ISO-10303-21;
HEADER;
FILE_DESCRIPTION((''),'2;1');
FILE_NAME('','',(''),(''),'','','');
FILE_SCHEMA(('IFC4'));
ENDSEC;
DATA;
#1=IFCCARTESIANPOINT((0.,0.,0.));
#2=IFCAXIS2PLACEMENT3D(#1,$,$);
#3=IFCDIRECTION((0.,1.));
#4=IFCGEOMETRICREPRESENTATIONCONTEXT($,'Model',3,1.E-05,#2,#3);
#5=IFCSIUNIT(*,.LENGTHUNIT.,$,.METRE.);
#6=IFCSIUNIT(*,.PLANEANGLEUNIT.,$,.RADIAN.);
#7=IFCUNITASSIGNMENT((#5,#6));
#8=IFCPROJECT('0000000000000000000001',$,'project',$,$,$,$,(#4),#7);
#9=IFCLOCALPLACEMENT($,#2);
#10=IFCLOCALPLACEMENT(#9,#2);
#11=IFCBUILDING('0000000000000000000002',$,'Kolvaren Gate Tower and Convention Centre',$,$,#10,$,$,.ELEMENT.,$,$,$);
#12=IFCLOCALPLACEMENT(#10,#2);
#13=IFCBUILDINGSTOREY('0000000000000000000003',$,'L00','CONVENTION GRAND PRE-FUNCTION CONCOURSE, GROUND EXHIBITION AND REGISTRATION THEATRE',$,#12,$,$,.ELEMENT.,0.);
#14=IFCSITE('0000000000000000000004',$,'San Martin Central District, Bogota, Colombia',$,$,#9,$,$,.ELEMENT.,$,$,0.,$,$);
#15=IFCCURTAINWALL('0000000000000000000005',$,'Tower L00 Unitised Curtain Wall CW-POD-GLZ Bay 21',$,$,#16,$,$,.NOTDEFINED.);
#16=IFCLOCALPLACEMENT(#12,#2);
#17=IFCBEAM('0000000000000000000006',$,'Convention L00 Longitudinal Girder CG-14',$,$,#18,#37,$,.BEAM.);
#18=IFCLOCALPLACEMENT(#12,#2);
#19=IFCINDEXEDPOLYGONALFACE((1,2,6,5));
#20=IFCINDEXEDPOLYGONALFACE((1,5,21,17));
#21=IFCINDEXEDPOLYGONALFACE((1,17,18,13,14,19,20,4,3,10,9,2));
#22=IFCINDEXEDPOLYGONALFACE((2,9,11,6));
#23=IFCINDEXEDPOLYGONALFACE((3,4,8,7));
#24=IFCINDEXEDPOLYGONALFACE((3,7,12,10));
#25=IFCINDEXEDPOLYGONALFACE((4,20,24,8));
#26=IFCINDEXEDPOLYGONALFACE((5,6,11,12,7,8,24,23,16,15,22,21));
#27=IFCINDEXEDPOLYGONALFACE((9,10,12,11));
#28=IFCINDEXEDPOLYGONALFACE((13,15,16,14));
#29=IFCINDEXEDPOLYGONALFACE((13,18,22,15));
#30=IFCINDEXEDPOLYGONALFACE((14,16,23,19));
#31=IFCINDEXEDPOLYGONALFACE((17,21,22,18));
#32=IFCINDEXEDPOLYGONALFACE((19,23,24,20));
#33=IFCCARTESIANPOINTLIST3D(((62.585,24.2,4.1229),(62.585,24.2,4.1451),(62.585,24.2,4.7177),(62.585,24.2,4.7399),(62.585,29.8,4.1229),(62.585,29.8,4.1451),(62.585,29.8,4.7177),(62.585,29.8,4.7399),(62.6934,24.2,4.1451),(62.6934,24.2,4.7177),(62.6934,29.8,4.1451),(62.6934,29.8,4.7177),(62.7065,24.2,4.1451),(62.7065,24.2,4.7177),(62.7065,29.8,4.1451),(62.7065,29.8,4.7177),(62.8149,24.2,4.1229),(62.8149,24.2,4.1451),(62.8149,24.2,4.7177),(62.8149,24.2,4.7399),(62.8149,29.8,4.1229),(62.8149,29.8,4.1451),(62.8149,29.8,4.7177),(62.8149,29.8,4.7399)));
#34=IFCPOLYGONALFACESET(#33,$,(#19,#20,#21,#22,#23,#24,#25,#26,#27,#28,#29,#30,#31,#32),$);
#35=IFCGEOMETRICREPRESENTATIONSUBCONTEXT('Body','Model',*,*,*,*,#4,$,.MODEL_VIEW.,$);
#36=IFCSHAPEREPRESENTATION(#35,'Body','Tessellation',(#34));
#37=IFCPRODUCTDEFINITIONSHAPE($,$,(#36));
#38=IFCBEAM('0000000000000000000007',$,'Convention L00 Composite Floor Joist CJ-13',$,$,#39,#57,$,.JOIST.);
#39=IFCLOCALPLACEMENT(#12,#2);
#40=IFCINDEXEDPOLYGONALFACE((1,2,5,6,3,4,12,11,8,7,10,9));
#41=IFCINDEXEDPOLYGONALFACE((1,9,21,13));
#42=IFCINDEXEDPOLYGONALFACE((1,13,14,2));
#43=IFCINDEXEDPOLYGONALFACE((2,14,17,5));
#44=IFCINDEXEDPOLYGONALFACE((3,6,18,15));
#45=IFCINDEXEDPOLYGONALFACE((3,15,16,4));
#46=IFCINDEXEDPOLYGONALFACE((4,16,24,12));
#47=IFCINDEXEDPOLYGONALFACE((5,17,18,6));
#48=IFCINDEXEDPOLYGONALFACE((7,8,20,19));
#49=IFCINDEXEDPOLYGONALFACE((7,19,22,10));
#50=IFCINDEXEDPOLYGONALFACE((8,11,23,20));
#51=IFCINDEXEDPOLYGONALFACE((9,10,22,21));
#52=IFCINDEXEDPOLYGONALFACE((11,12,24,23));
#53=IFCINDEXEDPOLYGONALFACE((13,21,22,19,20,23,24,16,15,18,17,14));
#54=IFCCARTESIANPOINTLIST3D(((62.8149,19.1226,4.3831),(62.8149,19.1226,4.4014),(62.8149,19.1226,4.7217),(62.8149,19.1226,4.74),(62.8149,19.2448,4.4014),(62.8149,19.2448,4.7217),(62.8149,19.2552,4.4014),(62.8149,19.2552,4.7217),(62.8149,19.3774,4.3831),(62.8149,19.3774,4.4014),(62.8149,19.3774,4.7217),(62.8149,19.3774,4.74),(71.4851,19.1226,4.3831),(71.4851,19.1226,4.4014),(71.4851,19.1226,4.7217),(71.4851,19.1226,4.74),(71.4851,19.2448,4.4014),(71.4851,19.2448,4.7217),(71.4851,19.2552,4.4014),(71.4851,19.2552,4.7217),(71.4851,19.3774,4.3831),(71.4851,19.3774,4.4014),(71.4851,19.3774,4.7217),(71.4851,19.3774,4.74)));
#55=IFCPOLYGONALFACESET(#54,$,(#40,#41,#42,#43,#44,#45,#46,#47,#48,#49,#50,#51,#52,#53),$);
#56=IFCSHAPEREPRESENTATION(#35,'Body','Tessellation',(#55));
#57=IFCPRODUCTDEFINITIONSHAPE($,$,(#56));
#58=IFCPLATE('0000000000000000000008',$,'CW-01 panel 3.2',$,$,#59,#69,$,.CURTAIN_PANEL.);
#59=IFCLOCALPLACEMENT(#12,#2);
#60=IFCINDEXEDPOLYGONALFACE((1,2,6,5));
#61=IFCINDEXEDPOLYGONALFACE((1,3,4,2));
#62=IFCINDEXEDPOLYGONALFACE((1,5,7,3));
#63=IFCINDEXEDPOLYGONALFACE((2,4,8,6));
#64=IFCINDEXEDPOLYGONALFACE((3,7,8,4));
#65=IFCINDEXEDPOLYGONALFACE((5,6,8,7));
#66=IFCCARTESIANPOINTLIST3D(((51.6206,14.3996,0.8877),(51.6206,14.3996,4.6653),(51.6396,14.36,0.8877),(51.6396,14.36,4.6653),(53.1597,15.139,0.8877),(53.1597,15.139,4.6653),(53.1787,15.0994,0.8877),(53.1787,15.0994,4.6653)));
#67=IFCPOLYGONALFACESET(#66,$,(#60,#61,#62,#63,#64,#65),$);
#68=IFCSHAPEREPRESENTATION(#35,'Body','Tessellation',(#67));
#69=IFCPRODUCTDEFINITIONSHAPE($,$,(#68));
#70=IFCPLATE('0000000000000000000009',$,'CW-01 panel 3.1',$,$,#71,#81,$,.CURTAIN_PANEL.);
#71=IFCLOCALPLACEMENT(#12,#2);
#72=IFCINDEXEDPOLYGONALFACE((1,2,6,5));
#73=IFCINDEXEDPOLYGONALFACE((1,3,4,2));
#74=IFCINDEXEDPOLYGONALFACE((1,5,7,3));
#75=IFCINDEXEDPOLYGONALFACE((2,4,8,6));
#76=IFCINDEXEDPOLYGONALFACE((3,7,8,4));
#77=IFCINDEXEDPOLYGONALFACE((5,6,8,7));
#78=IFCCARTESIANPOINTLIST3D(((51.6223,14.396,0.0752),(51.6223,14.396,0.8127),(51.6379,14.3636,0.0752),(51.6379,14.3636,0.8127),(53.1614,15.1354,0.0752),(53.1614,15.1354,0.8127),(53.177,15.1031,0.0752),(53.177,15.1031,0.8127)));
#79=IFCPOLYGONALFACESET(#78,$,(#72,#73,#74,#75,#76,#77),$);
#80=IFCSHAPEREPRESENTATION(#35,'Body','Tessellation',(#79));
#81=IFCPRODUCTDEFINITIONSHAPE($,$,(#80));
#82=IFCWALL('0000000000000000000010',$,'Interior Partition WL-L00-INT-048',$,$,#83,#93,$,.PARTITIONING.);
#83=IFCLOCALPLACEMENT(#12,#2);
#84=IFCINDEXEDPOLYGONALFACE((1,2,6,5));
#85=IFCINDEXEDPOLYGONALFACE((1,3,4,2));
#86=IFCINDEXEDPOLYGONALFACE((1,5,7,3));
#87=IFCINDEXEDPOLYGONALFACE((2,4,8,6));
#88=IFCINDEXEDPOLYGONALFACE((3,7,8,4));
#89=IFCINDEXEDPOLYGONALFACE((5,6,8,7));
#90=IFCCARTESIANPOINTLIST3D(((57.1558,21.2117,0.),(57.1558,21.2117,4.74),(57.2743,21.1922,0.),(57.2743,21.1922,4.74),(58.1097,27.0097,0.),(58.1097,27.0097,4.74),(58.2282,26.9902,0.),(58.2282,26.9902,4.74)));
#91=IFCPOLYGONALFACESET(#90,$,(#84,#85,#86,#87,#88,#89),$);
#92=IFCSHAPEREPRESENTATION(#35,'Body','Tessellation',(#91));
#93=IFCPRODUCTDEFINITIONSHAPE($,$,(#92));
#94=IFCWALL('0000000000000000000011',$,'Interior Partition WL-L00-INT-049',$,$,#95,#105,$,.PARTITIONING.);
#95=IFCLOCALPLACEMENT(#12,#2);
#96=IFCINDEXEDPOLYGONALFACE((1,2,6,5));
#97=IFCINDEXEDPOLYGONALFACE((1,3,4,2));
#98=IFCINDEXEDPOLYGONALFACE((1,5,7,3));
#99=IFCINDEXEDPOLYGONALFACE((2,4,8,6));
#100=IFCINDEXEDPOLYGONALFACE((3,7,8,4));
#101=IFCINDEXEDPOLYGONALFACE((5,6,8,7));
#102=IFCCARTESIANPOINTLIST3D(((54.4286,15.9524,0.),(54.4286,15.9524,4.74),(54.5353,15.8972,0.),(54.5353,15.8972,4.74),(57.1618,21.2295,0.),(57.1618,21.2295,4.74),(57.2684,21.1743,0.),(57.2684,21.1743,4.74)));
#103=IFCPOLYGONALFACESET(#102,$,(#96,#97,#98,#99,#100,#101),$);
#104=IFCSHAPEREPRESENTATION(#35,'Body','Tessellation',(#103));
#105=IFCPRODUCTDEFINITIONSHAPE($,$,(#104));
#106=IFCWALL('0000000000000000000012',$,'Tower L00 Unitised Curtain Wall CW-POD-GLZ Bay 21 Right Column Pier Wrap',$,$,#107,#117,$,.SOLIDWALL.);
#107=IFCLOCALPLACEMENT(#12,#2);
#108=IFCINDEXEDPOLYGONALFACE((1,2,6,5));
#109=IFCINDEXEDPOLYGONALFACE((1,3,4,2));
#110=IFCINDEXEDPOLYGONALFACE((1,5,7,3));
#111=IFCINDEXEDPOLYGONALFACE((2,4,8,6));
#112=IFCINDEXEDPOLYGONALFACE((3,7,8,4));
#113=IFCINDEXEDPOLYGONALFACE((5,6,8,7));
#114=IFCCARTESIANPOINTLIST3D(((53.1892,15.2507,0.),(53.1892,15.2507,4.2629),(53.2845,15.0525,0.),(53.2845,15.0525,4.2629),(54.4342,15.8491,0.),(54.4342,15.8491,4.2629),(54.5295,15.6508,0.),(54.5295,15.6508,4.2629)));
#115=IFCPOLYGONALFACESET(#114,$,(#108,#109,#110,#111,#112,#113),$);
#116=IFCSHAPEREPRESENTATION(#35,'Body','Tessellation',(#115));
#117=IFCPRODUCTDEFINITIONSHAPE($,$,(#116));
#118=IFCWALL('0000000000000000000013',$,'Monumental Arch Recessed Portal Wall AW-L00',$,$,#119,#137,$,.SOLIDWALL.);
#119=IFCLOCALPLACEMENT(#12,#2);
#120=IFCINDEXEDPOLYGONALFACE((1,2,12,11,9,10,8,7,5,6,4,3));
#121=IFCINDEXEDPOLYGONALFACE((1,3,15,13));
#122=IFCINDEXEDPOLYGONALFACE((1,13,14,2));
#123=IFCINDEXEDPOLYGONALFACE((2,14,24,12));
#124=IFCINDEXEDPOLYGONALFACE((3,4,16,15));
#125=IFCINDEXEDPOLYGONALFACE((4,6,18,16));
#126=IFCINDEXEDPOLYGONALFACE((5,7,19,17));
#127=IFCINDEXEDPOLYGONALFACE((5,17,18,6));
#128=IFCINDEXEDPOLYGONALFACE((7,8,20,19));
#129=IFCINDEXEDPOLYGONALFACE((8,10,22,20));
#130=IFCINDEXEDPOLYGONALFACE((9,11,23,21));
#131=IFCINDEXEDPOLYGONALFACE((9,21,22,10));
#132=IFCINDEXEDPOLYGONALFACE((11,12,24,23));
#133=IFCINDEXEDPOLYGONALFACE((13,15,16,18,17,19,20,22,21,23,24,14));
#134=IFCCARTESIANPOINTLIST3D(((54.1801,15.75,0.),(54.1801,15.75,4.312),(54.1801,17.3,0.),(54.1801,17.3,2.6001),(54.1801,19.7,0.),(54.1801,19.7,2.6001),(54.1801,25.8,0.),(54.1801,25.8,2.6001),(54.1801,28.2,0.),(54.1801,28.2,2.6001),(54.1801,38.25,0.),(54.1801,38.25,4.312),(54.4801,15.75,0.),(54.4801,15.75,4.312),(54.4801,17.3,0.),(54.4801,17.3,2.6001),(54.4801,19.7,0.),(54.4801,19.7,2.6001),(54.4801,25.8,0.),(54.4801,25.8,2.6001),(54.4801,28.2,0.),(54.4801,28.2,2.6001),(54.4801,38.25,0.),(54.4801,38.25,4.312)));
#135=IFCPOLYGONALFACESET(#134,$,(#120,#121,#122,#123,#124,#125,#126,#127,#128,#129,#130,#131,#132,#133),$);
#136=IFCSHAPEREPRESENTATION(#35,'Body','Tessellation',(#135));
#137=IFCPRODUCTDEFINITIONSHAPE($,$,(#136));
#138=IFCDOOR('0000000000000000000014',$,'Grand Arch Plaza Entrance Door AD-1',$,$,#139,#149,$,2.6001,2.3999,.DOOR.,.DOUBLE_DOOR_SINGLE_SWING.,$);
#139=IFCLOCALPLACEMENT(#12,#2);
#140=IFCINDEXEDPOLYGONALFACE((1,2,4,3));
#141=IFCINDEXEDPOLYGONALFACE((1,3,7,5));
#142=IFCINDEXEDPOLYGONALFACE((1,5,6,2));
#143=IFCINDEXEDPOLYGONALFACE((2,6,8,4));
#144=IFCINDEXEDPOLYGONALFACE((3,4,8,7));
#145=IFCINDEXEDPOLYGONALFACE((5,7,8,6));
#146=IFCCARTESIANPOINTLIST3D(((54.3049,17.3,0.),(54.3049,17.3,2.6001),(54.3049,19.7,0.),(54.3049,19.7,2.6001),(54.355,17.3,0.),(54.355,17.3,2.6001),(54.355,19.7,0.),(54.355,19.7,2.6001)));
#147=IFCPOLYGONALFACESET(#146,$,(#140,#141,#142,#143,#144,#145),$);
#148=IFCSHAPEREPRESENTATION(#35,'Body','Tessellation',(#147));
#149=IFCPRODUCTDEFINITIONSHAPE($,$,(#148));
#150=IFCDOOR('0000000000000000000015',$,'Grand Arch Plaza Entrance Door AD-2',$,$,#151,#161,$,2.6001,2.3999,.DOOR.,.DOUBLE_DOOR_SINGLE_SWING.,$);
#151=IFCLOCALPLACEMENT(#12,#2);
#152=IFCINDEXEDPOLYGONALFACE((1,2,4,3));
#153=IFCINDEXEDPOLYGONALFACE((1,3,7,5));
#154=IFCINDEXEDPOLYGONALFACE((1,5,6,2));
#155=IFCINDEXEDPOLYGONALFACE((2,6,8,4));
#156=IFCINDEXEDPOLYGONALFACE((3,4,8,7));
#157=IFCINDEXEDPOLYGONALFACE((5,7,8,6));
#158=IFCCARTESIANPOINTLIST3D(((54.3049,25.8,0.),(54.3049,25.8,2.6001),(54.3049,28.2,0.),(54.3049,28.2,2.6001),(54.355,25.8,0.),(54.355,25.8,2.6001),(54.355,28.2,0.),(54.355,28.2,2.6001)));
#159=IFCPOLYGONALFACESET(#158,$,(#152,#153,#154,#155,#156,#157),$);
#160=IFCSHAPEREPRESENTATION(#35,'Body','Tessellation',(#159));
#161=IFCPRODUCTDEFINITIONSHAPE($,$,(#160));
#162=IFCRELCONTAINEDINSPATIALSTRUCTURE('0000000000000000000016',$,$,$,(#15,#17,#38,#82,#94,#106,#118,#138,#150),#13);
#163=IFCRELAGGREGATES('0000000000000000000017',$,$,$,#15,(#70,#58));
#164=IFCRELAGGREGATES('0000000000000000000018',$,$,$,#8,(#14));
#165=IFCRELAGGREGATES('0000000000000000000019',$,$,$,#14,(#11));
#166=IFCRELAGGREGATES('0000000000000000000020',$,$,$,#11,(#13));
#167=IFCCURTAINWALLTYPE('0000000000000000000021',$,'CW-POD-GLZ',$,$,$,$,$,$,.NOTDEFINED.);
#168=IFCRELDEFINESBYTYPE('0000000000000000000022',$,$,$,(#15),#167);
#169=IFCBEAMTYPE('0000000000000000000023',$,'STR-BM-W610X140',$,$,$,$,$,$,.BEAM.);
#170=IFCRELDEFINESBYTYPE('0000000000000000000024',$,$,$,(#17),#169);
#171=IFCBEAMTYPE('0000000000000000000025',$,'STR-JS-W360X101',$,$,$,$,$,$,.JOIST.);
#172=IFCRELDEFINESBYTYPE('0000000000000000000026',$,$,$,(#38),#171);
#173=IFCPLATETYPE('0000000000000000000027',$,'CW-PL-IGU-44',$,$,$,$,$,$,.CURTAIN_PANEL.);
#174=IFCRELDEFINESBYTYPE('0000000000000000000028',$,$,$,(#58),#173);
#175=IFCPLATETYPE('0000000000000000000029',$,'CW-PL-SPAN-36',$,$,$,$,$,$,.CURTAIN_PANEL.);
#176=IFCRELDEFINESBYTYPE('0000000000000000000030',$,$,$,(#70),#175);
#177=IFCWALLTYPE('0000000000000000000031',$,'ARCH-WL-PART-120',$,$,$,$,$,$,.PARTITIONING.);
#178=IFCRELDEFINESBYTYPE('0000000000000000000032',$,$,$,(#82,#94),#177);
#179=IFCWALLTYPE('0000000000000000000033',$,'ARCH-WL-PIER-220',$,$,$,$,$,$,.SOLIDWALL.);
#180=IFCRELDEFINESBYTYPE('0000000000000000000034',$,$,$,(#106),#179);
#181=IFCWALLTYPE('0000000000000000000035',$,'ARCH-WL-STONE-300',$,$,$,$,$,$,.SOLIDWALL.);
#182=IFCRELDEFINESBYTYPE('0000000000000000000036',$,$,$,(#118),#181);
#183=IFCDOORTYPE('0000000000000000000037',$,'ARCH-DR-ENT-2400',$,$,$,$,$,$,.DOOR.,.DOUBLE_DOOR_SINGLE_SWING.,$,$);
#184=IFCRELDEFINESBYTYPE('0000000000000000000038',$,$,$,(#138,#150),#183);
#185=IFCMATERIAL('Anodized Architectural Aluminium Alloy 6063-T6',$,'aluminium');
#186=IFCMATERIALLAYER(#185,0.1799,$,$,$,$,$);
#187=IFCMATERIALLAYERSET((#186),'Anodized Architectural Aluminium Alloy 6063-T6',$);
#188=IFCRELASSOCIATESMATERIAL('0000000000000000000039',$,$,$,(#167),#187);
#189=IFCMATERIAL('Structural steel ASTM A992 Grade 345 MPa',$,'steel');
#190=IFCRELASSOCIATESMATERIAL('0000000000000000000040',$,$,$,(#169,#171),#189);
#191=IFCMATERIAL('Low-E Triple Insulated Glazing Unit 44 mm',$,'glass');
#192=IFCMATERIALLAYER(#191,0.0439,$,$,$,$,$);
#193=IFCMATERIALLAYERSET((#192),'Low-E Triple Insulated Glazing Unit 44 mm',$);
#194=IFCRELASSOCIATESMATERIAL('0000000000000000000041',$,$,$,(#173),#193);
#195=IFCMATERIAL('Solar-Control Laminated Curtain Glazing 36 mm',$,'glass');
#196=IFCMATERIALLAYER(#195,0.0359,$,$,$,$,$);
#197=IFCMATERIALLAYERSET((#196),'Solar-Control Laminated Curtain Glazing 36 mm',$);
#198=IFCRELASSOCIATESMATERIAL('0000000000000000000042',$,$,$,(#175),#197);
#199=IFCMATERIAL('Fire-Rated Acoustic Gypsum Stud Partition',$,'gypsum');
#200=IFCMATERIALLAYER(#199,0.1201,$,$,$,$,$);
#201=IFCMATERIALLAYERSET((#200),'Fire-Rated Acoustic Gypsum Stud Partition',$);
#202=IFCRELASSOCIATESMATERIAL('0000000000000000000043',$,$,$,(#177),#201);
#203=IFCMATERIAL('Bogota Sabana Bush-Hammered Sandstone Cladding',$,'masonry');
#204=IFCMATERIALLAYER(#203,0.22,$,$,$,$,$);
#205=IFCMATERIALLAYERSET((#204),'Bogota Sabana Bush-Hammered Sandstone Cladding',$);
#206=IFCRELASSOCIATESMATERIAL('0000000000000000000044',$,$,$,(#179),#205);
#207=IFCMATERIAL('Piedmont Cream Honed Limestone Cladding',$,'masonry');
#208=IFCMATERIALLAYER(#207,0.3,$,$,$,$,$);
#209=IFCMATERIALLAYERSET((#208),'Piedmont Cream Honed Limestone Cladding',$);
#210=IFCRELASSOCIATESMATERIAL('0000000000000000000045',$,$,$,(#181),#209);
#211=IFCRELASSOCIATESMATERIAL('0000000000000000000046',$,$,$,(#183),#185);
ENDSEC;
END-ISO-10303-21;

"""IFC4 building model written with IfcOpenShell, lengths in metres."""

from ifc_helpers import new_model, si_unit, direction, frame, frame_2d, origin, origin_2d, place, context, subcontext, project, spatial, rectangle, i_section, extrude, material, layer, layer_set, material_profile, profile_set, type_object, element, fill, aggregate, save


model = new_model("IFC4")

# Units and contexts
model_context = context("Model", 3, precision=1e-05, world=origin(), true_north=direction((0.0, 1.0)))
body_context = subcontext(model_context, "Body", "Model", "MODEL_VIEW")
ifc_project = project(units=[si_unit("LENGTHUNIT", "METRE"), si_unit("PLANEANGLEUNIT", "RADIAN")], contexts=[model_context])

# Site, building, storey
site_placement = place(None, origin())
site = spatial("IfcSite", under=ifc_project, at=site_placement, Name="San Martin Central District, Bogota, Colombia", CompositionType="ELEMENT", RefElevation=0.0)
building_placement = place(site_placement, origin())
building = spatial("IfcBuilding", under=site, at=building_placement, Name="Kolvaren Gate Tower and Convention Centre", CompositionType="ELEMENT")
storey_placement = place(building_placement, origin())
storey = spatial("IfcBuildingStorey", under=building, at=storey_placement, Name="L00", Description="CONVENTION GRAND PRE-FUNCTION CONCOURSE, GROUND EXHIBITION AND REGISTRATION THEATRE", CompositionType="ELEMENT", Elevation=0.0)

# Curtain wall
ifc_material_1 = material(Name="Anodized Architectural Aluminium Alloy 6063-T6", Category="aluminium")
ifc_layer_1 = layer(ifc_material_1, 0.1799)
ifc_layer_set_1 = layer_set([ifc_layer_1], Name="Anodized Architectural Aluminium Alloy 6063-T6")
curtain_wall_type = type_object("IfcCurtainWallType", Name="CW-POD-GLZ", PredefinedType="NOTDEFINED", material=ifc_layer_set_1)
curtain_wall_placement = place(storey_placement, origin())
curtain_wall = element("IfcCurtainWall", 1, at=curtain_wall_placement, inside=storey, type_object=curtain_wall_type, Name="Tower L00 Unitised Curtain Wall CW-POD-GLZ Bay 21", PredefinedType="NOTDEFINED")

# Beams
ifc_material_2 = material(Name="Structural steel ASTM A992 Grade 345 MPa", Category="steel")
ifc_material_profile_1 = material_profile(ifc_material_2, i_section(OverallWidth=0.23, OverallDepth=0.6169, WebThickness=0.0132, FlangeThickness=0.0222, at=origin_2d()), Name="W610X140")
ifc_profile_set_1 = profile_set([ifc_material_profile_1], Name="Structural steel ASTM A992 Grade 345 MPa")
beam_type_1 = type_object("IfcBeamType", Name="STR-BM-W610X140", PredefinedType="BEAM", material=ifc_profile_set_1)
beam_1_placement = place(storey_placement, frame((62.7, 24.2, 4.4314), z_axis=(0.0, 1.0, 0.0), x_axis=(-1.0, 0.0, 0.0)))
element("IfcBeam", 2, at=beam_1_placement, inside=storey, type_object=beam_type_1, Name="Convention L00 Longitudinal Girder CG-14", PredefinedType="BEAM", context=body_context, shape_type="SweptSolid", body=[
    extrude(i_section(OverallWidth=0.23, OverallDepth=0.6169, WebThickness=0.0132, FlangeThickness=0.0222, at=origin_2d()), origin(), (0.0, 0.0, 1.0), 5.6001),
])
ifc_material_profile_2 = material_profile(ifc_material_2, i_section(OverallWidth=0.2549, OverallDepth=0.3569, WebThickness=0.0105, FlangeThickness=0.0183, at=origin_2d()), Name="W360X101")
ifc_profile_set_2 = profile_set([ifc_material_profile_2], Name="Structural steel ASTM A992 Grade 345 MPa")
beam_type_2 = type_object("IfcBeamType", Name="STR-JS-W360X101", PredefinedType="JOIST", material=ifc_profile_set_2)
beam_2_placement = place(storey_placement, frame((62.8149, 19.25, 4.5615), z_axis=(1.0, 0.0, 0.0), x_axis=(0.0, 1.0, 0.0)))
element("IfcBeam", 3, at=beam_2_placement, inside=storey, type_object=beam_type_2, Name="Convention L00 Composite Floor Joist CJ-13", PredefinedType="JOIST", context=body_context, shape_type="SweptSolid", body=[
    extrude(i_section(OverallWidth=0.2549, OverallDepth=0.3569, WebThickness=0.0105, FlangeThickness=0.0183, at=origin_2d()), origin(), (0.0, 0.0, 1.0), 8.6702),
])

# Plates
ifc_material_3 = material(Name="Low-E Triple Insulated Glazing Unit 44 mm", Category="glass")
ifc_layer_2 = layer(ifc_material_3, 0.0439)
ifc_layer_set_2 = layer_set([ifc_layer_2], Name="Low-E Triple Insulated Glazing Unit 44 mm")
plate_type_1 = type_object("IfcPlateType", Name="CW-PL-IGU-44", PredefinedType="CURTAIN_PANEL", material=ifc_layer_set_2)
plate_1_placement = place(storey_placement, frame((52.3997, 14.7495, 0.8877), z_axis=(0.0, 0.0, 1.0), x_axis=(0.901364, 0.433063, 0.0)))
plate_1 = element("IfcPlate", 4, at=plate_1_placement, type_object=plate_type_1, Name="CW-01 panel 3.2", PredefinedType="CURTAIN_PANEL", context=body_context, shape_type="SweptSolid", body=[
    extrude(rectangle(XDim=1.7075, YDim=0.0439, at=origin_2d()), origin(), (0.0, 0.0, 1.0), 3.7776),
])
ifc_material_4 = material(Name="Solar-Control Laminated Curtain Glazing 36 mm", Category="glass")
ifc_layer_3 = layer(ifc_material_4, 0.0359)
ifc_layer_set_3 = layer_set([ifc_layer_3], Name="Solar-Control Laminated Curtain Glazing 36 mm")
plate_type_2 = type_object("IfcPlateType", Name="CW-PL-SPAN-36", PredefinedType="CURTAIN_PANEL", material=ifc_layer_set_3)
plate_2_placement = place(storey_placement, frame((52.3997, 14.7495, 0.0752), z_axis=(0.0, 0.0, 1.0), x_axis=(0.901364, 0.433063, 0.0)))
plate_2 = element("IfcPlate", 5, at=plate_2_placement, type_object=plate_type_2, Name="CW-01 panel 3.1", PredefinedType="CURTAIN_PANEL", context=body_context, shape_type="SweptSolid", body=[
    extrude(rectangle(XDim=1.7075, YDim=0.0359, at=origin_2d()), origin(), (0.0, 0.0, 1.0), 0.7375),
])
aggregate(curtain_wall, [plate_2, plate_1])

# Walls
ifc_material_5 = material(Name="Fire-Rated Acoustic Gypsum Stud Partition", Category="gypsum")
ifc_layer_4 = layer(ifc_material_5, 0.1201)
ifc_layer_set_4 = layer_set([ifc_layer_4], Name="Fire-Rated Acoustic Gypsum Stud Partition")
wall_type_1 = type_object("IfcWallType", Name="ARCH-WL-PART-120", PredefinedType="PARTITIONING", material=ifc_layer_set_4)
wall_1_placement = place(storey_placement, frame((57.2151, 21.2019, 0.0), z_axis=(0.0, 0.0, 1.0), x_axis=(0.16233, 0.986736, 0.0)))
element("IfcWall", 6, at=wall_1_placement, inside=storey, type_object=wall_type_1, Name="Interior Partition WL-L00-INT-048", PredefinedType="PARTITIONING", context=body_context, shape_type="SweptSolid", body=[
    extrude(rectangle(XDim=5.876, YDim=0.1201, at=frame_2d((2.938, 0.0))), origin(), (0.0, 0.0, 1.0), 4.74),
])
wall_2_placement = place(storey_placement, frame((54.4819, 15.9248, 0.0), z_axis=(0.0, 0.0, 1.0), x_axis=(0.459903, 0.887969, 0.0)))
element("IfcWall", 7, at=wall_2_placement, inside=storey, type_object=wall_type_1, Name="Interior Partition WL-L00-INT-049", PredefinedType="PARTITIONING", context=body_context, shape_type="SweptSolid", body=[
    extrude(rectangle(XDim=5.9429, YDim=0.1201, at=frame_2d((2.9714, 0.0))), origin(), (0.0, 0.0, 1.0), 4.74),
])
ifc_material_6 = material(Name="Bogota Sabana Bush-Hammered Sandstone Cladding", Category="masonry")
ifc_layer_5 = layer(ifc_material_6, 0.22)
ifc_layer_set_5 = layer_set([ifc_layer_5], Name="Bogota Sabana Bush-Hammered Sandstone Cladding")
wall_type_2 = type_object("IfcWallType", Name="ARCH-WL-PIER-220", PredefinedType="SOLIDWALL", material=ifc_layer_set_5)
wall_3_placement = place(storey_placement, frame((53.2368, 15.1516, 0.0), z_axis=(0.0, 0.0, 1.0), x_axis=(0.901316, 0.433162, 0.0)))
element("IfcWall", 8, at=wall_3_placement, inside=storey, type_object=wall_type_2, Name="Tower L00 Unitised Curtain Wall CW-POD-GLZ Bay 21 Right Column Pier Wrap", PredefinedType="SOLIDWALL", context=body_context, shape_type="SweptSolid", body=[
    extrude(rectangle(XDim=1.3813, YDim=0.22, at=frame_2d((0.6907, 0.0))), origin(), (0.0, 0.0, 1.0), 4.2629),
])

# Wall, openings, doors
ifc_material_7 = material(Name="Piedmont Cream Honed Limestone Cladding", Category="masonry")
ifc_layer_6 = layer(ifc_material_7, 0.3)
ifc_layer_set_6 = layer_set([ifc_layer_6], Name="Piedmont Cream Honed Limestone Cladding")
wall_type_3 = type_object("IfcWallType", Name="ARCH-WL-STONE-300", PredefinedType="SOLIDWALL", material=ifc_layer_set_6)
wall_4_placement = place(storey_placement, frame((54.3301, 15.75, 0.0), z_axis=(0.0, 0.0, 1.0), x_axis=(0.0, 1.0, 0.0)))
wall_4 = element("IfcWall", 9, at=wall_4_placement, inside=storey, type_object=wall_type_3, Name="Monumental Arch Recessed Portal Wall AW-L00", PredefinedType="SOLIDWALL", context=body_context, shape_type="SweptSolid", body=[
    extrude(rectangle(XDim=22.5, YDim=0.3, at=frame_2d((11.25, 0.0))), origin(), (0.0, 0.0, 1.0), 4.312),
])
opening_1_placement = place(wall_4_placement, frame((1.55, 0.0, 0.0)))
opening_1 = element("IfcOpeningElement", 10, at=opening_1_placement, cuts=wall_4, PredefinedType="OPENING", context=body_context, shape_type="SweptSolid", body=[
    extrude(rectangle(XDim=2.3999, YDim=2.6001, at=frame_2d((1.2, 1.3))), frame((0.0, 0.1599, 0.0), z_axis=(0.0, -1.0, 0.0), x_axis=(1.0, 0.0, 0.0)), (0.0, 0.0, 1.0), 0.3201),
])
opening_2_placement = place(wall_4_placement, frame((10.05, 0.0, 0.0)))
opening_2 = element("IfcOpeningElement", 11, at=opening_2_placement, cuts=wall_4, PredefinedType="OPENING", context=body_context, shape_type="SweptSolid", body=[
    extrude(rectangle(XDim=2.3999, YDim=2.6001, at=frame_2d((1.2, 1.3))), frame((0.0, 0.1599, 0.0), z_axis=(0.0, -1.0, 0.0), x_axis=(1.0, 0.0, 0.0)), (0.0, 0.0, 1.0), 0.3201),
])
door_type_1 = type_object("IfcDoorType", Name="ARCH-DR-ENT-2400", OperationType="DOUBLE_DOOR_SINGLE_SWING", PredefinedType="DOOR", material=ifc_material_1)
door_1_placement = place(opening_1_placement, frame((2.3999, 0.0, 0.0), z_axis=(0.0, 0.0, 1.0), x_axis=(-1.0, 0.0, 0.0)))
door_1 = element("IfcDoor", 12, at=door_1_placement, inside=storey, type_object=door_type_1, Name="Grand Arch Plaza Entrance Door AD-1", OperationType="DOUBLE_DOOR_SINGLE_SWING", OverallHeight=2.6001, OverallWidth=2.3999, PredefinedType="DOOR", context=body_context, shape_type="SweptSolid", body=[
    extrude(rectangle(XDim=2.3999, YDim=2.6001, at=frame_2d((1.2, 1.3))), frame((0.0, 0.0249, 0.0), z_axis=(0.0, -1.0, 0.0), x_axis=(1.0, 0.0, 0.0)), (0.0, 0.0, 1.0), 0.05),
])
fill(opening_1, door_1)
door_2_placement = place(opening_2_placement, frame((2.3999, 0.0, 0.0), z_axis=(0.0, 0.0, 1.0), x_axis=(-1.0, 0.0, 0.0)))
door_2 = element("IfcDoor", 13, at=door_2_placement, inside=storey, type_object=door_type_1, Name="Grand Arch Plaza Entrance Door AD-2", OperationType="DOUBLE_DOOR_SINGLE_SWING", OverallHeight=2.6001, OverallWidth=2.3999, PredefinedType="DOOR", context=body_context, shape_type="SweptSolid", body=[
    extrude(rectangle(XDim=2.3999, YDim=2.6001, at=frame_2d((1.2, 1.3))), frame((0.0, 0.0249, 0.0), z_axis=(0.0, -1.0, 0.0), x_axis=(1.0, 0.0, 0.0)), (0.0, 0.0, 1.0), 0.05),
])
fill(opening_2, door_2)

save(model, "model.ifc")
